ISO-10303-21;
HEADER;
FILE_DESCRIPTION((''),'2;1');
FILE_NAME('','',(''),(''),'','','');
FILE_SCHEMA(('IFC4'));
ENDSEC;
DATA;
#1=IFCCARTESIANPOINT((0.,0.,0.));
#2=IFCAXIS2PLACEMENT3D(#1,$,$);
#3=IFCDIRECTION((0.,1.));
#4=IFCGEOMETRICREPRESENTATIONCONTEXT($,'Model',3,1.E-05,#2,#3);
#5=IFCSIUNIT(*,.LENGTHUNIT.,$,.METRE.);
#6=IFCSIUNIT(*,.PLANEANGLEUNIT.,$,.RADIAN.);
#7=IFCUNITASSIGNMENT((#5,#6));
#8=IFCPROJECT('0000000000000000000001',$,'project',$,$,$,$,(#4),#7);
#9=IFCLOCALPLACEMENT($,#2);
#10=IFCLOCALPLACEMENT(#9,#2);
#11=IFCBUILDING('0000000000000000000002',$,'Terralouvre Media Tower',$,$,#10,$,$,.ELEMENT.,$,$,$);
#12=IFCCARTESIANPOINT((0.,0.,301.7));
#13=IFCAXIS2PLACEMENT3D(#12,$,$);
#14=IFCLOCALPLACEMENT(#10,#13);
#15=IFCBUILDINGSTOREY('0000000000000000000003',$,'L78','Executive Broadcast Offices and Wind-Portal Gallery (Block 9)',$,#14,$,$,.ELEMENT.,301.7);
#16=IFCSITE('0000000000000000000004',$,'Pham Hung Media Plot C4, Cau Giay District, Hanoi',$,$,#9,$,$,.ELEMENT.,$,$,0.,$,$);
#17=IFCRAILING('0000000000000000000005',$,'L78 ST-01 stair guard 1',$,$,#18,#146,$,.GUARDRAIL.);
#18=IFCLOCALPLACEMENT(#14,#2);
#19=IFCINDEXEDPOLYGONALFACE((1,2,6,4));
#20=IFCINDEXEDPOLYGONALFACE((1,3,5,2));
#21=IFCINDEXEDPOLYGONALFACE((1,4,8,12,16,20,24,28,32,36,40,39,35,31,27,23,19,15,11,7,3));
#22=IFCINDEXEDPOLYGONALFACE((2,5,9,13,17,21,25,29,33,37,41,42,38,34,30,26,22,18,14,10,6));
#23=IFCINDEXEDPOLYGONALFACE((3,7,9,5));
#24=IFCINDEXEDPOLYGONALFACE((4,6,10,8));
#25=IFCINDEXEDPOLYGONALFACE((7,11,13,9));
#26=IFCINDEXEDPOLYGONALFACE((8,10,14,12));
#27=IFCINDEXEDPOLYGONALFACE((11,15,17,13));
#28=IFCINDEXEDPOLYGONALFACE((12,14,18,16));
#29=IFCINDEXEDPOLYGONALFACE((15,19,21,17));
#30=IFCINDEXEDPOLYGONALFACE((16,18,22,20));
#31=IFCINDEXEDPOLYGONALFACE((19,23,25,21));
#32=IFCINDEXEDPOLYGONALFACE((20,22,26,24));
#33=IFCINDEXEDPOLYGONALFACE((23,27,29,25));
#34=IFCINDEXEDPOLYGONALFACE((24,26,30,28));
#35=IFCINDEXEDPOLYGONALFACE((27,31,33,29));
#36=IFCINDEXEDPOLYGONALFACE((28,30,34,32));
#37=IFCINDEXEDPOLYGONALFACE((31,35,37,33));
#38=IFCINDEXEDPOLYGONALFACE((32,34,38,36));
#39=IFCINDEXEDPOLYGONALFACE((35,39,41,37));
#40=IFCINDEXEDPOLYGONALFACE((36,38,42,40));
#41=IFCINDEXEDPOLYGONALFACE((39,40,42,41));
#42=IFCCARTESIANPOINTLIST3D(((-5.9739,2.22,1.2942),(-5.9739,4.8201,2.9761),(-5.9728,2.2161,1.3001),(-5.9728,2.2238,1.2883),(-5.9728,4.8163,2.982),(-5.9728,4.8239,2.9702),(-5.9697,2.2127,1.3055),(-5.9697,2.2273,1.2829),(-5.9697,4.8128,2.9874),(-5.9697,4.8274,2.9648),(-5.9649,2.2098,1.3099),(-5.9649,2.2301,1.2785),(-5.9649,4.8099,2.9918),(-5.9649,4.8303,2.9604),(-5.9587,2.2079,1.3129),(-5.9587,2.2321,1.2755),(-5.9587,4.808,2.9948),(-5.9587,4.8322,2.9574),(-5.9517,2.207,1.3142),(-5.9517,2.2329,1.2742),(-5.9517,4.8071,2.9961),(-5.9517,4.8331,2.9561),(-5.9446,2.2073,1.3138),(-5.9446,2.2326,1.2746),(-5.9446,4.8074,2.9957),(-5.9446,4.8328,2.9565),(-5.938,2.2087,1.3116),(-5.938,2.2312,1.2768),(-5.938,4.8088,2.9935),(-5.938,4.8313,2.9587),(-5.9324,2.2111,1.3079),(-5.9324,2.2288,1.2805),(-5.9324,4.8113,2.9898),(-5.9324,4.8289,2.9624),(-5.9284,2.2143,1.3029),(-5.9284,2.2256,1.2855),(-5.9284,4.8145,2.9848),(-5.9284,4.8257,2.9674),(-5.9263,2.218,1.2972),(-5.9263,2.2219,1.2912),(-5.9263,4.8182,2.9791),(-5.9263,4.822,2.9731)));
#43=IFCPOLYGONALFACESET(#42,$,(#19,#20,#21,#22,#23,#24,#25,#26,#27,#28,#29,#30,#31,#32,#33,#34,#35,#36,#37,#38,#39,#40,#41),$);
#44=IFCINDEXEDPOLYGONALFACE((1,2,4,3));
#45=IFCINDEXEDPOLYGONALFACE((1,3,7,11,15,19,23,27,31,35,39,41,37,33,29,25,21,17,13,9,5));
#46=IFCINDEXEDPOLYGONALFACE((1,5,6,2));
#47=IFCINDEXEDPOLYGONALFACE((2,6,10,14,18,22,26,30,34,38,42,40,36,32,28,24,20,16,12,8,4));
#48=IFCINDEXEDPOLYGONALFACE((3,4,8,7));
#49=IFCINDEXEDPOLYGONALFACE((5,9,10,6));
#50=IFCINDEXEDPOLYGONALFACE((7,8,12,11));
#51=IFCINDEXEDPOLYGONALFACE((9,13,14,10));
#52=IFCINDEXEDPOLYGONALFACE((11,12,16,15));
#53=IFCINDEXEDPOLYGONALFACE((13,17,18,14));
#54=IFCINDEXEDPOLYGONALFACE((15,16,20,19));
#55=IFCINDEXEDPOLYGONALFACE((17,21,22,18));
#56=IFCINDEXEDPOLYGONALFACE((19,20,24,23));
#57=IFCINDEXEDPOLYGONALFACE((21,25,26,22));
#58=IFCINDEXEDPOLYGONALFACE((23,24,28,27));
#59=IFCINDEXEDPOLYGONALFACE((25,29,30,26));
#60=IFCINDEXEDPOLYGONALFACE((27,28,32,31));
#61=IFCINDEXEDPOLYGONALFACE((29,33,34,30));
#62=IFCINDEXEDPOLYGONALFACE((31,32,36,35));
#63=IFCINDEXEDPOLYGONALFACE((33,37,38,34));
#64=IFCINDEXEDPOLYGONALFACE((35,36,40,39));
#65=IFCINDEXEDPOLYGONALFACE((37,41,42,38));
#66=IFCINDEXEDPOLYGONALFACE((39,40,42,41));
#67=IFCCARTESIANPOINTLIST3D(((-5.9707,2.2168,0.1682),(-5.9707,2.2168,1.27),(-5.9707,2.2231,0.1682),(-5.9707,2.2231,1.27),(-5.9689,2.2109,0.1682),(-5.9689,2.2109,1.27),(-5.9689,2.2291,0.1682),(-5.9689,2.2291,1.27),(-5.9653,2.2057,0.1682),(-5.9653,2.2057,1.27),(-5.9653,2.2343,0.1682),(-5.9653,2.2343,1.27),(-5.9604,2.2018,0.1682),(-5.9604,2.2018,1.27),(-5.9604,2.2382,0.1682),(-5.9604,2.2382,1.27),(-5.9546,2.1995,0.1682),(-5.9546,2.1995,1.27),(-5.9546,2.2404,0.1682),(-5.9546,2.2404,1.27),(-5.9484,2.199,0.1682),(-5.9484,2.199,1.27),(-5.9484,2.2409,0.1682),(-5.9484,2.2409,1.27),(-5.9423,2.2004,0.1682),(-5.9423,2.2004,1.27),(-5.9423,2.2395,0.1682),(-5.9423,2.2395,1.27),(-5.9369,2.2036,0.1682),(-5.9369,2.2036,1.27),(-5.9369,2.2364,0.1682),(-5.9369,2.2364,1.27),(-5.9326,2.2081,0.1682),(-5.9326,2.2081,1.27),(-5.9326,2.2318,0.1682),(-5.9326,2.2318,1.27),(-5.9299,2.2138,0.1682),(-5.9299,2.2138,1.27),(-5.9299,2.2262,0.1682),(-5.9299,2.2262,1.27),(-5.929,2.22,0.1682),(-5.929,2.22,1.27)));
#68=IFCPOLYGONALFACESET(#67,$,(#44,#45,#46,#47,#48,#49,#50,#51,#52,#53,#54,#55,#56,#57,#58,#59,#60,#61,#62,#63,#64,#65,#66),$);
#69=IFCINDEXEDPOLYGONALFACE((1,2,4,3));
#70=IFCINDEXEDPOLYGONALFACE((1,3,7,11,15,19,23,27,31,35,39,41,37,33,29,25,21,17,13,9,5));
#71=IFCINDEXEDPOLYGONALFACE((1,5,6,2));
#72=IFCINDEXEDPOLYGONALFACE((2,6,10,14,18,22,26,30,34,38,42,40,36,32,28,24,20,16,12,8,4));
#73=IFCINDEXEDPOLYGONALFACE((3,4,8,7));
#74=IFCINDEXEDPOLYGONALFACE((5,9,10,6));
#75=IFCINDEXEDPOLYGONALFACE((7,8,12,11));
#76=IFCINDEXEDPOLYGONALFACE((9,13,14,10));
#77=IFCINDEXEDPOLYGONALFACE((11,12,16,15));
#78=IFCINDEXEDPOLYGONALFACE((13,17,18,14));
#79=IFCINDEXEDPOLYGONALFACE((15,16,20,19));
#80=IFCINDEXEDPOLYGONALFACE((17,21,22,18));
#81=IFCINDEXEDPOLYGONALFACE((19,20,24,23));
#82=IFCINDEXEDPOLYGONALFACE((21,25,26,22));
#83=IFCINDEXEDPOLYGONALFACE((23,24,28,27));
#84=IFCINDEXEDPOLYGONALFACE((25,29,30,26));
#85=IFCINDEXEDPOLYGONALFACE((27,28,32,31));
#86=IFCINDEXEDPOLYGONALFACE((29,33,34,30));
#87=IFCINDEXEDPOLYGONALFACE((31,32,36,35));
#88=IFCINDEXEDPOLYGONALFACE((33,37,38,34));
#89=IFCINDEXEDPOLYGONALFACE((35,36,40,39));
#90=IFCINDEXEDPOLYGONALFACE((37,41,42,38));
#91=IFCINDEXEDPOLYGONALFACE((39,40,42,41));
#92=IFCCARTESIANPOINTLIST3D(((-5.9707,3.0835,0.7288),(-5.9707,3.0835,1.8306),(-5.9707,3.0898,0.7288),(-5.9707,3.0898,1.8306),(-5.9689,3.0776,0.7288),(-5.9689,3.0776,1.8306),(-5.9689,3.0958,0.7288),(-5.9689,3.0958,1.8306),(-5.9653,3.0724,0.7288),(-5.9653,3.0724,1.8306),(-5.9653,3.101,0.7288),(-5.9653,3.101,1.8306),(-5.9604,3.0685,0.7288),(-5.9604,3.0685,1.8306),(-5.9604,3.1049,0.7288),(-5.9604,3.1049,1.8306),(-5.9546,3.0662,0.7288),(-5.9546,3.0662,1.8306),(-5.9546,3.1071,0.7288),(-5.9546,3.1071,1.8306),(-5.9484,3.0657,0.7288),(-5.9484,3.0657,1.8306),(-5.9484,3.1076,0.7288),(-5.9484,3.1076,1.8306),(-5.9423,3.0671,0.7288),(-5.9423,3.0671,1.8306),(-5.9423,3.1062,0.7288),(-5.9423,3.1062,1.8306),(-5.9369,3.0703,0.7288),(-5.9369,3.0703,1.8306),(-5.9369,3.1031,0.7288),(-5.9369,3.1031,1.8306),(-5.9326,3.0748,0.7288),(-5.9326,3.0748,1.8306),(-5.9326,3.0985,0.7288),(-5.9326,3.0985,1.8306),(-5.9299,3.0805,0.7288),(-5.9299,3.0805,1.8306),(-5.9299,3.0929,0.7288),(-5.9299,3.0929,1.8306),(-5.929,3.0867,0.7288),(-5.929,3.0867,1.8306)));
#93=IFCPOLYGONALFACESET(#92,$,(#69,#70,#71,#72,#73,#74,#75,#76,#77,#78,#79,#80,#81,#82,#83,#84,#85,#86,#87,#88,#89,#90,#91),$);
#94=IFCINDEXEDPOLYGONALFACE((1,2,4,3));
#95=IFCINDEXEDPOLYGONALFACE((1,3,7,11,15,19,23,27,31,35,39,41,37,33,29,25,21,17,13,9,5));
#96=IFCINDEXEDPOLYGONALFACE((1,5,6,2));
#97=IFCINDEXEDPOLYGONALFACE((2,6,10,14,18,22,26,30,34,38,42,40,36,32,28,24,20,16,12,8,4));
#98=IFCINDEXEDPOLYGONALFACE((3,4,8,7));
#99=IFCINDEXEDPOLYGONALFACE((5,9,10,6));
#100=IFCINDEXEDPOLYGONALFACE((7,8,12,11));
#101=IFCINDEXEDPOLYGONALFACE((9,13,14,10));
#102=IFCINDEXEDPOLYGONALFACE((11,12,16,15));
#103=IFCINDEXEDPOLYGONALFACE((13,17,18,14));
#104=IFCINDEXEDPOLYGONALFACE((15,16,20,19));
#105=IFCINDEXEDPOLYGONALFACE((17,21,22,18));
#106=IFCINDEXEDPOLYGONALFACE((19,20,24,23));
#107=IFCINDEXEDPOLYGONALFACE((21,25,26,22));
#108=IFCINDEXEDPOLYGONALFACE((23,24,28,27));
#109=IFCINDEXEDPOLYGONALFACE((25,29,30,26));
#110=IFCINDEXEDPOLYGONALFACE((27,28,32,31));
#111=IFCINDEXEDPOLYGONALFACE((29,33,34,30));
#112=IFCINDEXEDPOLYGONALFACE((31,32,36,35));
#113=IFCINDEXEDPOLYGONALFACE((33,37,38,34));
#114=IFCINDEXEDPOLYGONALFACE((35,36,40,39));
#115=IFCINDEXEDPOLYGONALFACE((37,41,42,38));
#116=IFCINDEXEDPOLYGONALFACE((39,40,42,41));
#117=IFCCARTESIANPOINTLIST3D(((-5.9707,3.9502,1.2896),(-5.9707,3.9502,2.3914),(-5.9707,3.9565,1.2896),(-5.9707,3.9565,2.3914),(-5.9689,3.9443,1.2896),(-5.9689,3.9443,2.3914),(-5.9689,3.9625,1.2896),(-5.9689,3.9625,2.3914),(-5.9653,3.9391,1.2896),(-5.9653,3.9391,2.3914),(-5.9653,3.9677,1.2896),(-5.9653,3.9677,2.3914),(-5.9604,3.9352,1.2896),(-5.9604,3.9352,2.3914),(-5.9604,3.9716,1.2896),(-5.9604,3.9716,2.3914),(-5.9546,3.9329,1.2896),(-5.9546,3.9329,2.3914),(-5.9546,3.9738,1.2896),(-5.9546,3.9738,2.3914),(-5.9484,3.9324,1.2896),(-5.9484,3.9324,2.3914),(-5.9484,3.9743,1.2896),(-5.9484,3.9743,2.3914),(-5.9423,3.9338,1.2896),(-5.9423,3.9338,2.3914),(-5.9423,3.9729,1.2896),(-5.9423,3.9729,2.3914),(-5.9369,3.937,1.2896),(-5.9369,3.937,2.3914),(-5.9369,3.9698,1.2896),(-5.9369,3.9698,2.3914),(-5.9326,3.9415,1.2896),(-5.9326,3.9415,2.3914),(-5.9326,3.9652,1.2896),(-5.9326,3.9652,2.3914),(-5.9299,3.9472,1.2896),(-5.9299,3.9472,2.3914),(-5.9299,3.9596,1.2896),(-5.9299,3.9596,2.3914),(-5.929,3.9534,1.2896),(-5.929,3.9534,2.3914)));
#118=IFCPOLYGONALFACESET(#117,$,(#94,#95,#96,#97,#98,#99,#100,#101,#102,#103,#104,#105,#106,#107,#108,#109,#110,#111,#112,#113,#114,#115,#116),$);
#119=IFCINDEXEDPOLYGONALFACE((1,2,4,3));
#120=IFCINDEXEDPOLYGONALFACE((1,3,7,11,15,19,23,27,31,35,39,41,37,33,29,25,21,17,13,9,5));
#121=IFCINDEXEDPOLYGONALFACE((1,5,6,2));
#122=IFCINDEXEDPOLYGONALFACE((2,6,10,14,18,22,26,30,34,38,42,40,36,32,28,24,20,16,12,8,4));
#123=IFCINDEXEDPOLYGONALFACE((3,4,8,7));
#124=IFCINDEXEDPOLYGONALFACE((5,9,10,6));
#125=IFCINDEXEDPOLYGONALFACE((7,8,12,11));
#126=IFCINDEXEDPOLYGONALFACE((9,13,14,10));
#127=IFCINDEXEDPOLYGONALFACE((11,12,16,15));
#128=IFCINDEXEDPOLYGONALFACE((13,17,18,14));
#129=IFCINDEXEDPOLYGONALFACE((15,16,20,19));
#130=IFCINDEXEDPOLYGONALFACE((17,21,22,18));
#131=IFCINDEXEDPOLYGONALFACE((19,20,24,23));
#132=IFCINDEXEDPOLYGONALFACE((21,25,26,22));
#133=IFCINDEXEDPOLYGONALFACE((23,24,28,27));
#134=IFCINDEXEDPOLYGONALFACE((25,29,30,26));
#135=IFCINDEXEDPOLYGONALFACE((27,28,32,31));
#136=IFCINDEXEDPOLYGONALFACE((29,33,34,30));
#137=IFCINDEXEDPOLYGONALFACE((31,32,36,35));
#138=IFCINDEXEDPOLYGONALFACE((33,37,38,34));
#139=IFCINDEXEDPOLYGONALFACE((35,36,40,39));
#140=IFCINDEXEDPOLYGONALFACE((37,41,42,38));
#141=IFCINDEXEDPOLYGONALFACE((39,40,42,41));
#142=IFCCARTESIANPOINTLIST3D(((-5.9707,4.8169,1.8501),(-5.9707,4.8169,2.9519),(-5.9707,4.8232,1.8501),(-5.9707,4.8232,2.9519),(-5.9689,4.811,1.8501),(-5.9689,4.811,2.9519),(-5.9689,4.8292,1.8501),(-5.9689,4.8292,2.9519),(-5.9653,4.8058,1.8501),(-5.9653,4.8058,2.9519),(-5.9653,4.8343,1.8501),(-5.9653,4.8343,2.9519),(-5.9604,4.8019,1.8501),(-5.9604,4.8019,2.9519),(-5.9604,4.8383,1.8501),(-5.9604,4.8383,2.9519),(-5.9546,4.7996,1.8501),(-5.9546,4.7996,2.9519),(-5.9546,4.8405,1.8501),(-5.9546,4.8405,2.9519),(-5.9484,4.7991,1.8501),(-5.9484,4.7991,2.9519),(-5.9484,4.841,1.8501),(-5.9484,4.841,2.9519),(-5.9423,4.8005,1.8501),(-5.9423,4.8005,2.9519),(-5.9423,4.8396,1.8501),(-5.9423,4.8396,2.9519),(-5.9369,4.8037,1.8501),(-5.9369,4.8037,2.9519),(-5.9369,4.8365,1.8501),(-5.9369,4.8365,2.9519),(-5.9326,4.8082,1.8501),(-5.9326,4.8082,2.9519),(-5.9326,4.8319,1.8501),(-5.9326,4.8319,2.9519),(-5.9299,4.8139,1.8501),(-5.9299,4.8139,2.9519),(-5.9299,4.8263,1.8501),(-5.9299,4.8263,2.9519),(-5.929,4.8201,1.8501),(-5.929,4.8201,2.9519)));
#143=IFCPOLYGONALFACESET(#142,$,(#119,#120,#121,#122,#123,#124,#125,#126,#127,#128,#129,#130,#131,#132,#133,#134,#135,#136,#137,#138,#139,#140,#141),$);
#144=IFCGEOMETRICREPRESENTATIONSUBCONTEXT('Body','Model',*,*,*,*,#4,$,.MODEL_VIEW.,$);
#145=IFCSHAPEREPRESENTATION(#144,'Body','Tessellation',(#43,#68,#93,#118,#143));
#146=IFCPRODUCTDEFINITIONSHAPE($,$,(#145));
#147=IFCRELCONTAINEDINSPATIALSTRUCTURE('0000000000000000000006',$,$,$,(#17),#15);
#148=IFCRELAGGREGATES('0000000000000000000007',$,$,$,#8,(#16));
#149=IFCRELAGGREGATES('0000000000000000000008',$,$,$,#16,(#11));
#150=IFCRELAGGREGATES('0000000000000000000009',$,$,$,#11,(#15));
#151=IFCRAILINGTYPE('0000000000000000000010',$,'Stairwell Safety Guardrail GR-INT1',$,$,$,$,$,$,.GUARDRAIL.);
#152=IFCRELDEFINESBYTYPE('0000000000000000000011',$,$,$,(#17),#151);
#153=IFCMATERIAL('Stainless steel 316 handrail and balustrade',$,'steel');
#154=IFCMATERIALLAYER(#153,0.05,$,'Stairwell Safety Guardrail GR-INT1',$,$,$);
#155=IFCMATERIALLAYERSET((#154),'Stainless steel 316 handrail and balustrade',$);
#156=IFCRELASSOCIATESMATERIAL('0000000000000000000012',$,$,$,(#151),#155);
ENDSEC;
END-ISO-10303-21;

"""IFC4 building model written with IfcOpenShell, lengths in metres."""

from ifc_helpers import new_model, si_unit, direction, frame, origin, origin_2d, place, context, subcontext, project, spatial, circle, extrude, material, layer, layer_set, type_object, element, save


model = new_model("IFC4")

# Units and contexts
model_context = context("Model", 3, precision=1e-05, world=origin(), true_north=direction((0.0, 1.0)))
body_context = subcontext(model_context, "Body", "Model", "MODEL_VIEW")
ifc_project = project(units=[si_unit("LENGTHUNIT", "METRE"), si_unit("PLANEANGLEUNIT", "RADIAN")], contexts=[model_context])

# Site, building, storey
site_placement = place(None, origin())
site = spatial("IfcSite", under=ifc_project, at=site_placement, Name="Pham Hung Media Plot C4, Cau Giay District, Hanoi", CompositionType="ELEMENT", RefElevation=0.0)
building_placement = place(site_placement, origin())
building = spatial("IfcBuilding", under=site, at=building_placement, Name="Terralouvre Media Tower", CompositionType="ELEMENT")
storey_placement = place(building_placement, frame((0.0, 0.0, 301.7)))
storey = spatial("IfcBuildingStorey", under=building, at=storey_placement, Name="L78", Description="Executive Broadcast Offices and Wind-Portal Gallery (Block 9)", CompositionType="ELEMENT", Elevation=301.7)

# Railing
ifc_material_1 = material(Name="Stainless steel 316 handrail and balustrade", Category="steel")
ifc_layer_1 = layer(ifc_material_1, 0.05, Name="Stairwell Safety Guardrail GR-INT1")
ifc_layer_set_1 = layer_set([ifc_layer_1], Name="Stainless steel 316 handrail and balustrade")
railing_type_1 = type_object("IfcRailingType", Name="Stairwell Safety Guardrail GR-INT1", PredefinedType="GUARDRAIL", material=ifc_layer_set_1)
railing_1_placement = place(storey_placement, frame((-5.95, 2.22, 0.1682)))
element("IfcRailing", 1, at=railing_1_placement, inside=storey, type_object=railing_type_1, Name="L78 ST-01 stair guard 1", PredefinedType="GUARDRAIL", context=body_context, shape_type="SweptSolid", body=[
    extrude(circle(Radius=0.0239, at=origin_2d()), frame((0.0, 0.0, 1.126), z_axis=(0.0, 0.839648, 0.54313), x_axis=(-1.0, 0.0, 0.0)), (0.0, 0.0, 1.0), 3.0967),
    extrude(circle(Radius=0.021, at=origin_2d()), origin(), (0.0, 0.0, 1.0), 1.1018),
    extrude(circle(Radius=0.021, at=origin_2d()), frame((0.0, 0.8667, 0.5605)), (0.0, 0.0, 1.0), 1.1018),
    extrude(circle(Radius=0.021, at=origin_2d()), frame((0.0, 1.7334, 1.1213)), (0.0, 0.0, 1.0), 1.1018),
    extrude(circle(Radius=0.021, at=origin_2d()), frame((0.0, 2.6001, 1.6819)), (0.0, 0.0, 1.0), 1.1018),
])

save(model, "model.ifc")
